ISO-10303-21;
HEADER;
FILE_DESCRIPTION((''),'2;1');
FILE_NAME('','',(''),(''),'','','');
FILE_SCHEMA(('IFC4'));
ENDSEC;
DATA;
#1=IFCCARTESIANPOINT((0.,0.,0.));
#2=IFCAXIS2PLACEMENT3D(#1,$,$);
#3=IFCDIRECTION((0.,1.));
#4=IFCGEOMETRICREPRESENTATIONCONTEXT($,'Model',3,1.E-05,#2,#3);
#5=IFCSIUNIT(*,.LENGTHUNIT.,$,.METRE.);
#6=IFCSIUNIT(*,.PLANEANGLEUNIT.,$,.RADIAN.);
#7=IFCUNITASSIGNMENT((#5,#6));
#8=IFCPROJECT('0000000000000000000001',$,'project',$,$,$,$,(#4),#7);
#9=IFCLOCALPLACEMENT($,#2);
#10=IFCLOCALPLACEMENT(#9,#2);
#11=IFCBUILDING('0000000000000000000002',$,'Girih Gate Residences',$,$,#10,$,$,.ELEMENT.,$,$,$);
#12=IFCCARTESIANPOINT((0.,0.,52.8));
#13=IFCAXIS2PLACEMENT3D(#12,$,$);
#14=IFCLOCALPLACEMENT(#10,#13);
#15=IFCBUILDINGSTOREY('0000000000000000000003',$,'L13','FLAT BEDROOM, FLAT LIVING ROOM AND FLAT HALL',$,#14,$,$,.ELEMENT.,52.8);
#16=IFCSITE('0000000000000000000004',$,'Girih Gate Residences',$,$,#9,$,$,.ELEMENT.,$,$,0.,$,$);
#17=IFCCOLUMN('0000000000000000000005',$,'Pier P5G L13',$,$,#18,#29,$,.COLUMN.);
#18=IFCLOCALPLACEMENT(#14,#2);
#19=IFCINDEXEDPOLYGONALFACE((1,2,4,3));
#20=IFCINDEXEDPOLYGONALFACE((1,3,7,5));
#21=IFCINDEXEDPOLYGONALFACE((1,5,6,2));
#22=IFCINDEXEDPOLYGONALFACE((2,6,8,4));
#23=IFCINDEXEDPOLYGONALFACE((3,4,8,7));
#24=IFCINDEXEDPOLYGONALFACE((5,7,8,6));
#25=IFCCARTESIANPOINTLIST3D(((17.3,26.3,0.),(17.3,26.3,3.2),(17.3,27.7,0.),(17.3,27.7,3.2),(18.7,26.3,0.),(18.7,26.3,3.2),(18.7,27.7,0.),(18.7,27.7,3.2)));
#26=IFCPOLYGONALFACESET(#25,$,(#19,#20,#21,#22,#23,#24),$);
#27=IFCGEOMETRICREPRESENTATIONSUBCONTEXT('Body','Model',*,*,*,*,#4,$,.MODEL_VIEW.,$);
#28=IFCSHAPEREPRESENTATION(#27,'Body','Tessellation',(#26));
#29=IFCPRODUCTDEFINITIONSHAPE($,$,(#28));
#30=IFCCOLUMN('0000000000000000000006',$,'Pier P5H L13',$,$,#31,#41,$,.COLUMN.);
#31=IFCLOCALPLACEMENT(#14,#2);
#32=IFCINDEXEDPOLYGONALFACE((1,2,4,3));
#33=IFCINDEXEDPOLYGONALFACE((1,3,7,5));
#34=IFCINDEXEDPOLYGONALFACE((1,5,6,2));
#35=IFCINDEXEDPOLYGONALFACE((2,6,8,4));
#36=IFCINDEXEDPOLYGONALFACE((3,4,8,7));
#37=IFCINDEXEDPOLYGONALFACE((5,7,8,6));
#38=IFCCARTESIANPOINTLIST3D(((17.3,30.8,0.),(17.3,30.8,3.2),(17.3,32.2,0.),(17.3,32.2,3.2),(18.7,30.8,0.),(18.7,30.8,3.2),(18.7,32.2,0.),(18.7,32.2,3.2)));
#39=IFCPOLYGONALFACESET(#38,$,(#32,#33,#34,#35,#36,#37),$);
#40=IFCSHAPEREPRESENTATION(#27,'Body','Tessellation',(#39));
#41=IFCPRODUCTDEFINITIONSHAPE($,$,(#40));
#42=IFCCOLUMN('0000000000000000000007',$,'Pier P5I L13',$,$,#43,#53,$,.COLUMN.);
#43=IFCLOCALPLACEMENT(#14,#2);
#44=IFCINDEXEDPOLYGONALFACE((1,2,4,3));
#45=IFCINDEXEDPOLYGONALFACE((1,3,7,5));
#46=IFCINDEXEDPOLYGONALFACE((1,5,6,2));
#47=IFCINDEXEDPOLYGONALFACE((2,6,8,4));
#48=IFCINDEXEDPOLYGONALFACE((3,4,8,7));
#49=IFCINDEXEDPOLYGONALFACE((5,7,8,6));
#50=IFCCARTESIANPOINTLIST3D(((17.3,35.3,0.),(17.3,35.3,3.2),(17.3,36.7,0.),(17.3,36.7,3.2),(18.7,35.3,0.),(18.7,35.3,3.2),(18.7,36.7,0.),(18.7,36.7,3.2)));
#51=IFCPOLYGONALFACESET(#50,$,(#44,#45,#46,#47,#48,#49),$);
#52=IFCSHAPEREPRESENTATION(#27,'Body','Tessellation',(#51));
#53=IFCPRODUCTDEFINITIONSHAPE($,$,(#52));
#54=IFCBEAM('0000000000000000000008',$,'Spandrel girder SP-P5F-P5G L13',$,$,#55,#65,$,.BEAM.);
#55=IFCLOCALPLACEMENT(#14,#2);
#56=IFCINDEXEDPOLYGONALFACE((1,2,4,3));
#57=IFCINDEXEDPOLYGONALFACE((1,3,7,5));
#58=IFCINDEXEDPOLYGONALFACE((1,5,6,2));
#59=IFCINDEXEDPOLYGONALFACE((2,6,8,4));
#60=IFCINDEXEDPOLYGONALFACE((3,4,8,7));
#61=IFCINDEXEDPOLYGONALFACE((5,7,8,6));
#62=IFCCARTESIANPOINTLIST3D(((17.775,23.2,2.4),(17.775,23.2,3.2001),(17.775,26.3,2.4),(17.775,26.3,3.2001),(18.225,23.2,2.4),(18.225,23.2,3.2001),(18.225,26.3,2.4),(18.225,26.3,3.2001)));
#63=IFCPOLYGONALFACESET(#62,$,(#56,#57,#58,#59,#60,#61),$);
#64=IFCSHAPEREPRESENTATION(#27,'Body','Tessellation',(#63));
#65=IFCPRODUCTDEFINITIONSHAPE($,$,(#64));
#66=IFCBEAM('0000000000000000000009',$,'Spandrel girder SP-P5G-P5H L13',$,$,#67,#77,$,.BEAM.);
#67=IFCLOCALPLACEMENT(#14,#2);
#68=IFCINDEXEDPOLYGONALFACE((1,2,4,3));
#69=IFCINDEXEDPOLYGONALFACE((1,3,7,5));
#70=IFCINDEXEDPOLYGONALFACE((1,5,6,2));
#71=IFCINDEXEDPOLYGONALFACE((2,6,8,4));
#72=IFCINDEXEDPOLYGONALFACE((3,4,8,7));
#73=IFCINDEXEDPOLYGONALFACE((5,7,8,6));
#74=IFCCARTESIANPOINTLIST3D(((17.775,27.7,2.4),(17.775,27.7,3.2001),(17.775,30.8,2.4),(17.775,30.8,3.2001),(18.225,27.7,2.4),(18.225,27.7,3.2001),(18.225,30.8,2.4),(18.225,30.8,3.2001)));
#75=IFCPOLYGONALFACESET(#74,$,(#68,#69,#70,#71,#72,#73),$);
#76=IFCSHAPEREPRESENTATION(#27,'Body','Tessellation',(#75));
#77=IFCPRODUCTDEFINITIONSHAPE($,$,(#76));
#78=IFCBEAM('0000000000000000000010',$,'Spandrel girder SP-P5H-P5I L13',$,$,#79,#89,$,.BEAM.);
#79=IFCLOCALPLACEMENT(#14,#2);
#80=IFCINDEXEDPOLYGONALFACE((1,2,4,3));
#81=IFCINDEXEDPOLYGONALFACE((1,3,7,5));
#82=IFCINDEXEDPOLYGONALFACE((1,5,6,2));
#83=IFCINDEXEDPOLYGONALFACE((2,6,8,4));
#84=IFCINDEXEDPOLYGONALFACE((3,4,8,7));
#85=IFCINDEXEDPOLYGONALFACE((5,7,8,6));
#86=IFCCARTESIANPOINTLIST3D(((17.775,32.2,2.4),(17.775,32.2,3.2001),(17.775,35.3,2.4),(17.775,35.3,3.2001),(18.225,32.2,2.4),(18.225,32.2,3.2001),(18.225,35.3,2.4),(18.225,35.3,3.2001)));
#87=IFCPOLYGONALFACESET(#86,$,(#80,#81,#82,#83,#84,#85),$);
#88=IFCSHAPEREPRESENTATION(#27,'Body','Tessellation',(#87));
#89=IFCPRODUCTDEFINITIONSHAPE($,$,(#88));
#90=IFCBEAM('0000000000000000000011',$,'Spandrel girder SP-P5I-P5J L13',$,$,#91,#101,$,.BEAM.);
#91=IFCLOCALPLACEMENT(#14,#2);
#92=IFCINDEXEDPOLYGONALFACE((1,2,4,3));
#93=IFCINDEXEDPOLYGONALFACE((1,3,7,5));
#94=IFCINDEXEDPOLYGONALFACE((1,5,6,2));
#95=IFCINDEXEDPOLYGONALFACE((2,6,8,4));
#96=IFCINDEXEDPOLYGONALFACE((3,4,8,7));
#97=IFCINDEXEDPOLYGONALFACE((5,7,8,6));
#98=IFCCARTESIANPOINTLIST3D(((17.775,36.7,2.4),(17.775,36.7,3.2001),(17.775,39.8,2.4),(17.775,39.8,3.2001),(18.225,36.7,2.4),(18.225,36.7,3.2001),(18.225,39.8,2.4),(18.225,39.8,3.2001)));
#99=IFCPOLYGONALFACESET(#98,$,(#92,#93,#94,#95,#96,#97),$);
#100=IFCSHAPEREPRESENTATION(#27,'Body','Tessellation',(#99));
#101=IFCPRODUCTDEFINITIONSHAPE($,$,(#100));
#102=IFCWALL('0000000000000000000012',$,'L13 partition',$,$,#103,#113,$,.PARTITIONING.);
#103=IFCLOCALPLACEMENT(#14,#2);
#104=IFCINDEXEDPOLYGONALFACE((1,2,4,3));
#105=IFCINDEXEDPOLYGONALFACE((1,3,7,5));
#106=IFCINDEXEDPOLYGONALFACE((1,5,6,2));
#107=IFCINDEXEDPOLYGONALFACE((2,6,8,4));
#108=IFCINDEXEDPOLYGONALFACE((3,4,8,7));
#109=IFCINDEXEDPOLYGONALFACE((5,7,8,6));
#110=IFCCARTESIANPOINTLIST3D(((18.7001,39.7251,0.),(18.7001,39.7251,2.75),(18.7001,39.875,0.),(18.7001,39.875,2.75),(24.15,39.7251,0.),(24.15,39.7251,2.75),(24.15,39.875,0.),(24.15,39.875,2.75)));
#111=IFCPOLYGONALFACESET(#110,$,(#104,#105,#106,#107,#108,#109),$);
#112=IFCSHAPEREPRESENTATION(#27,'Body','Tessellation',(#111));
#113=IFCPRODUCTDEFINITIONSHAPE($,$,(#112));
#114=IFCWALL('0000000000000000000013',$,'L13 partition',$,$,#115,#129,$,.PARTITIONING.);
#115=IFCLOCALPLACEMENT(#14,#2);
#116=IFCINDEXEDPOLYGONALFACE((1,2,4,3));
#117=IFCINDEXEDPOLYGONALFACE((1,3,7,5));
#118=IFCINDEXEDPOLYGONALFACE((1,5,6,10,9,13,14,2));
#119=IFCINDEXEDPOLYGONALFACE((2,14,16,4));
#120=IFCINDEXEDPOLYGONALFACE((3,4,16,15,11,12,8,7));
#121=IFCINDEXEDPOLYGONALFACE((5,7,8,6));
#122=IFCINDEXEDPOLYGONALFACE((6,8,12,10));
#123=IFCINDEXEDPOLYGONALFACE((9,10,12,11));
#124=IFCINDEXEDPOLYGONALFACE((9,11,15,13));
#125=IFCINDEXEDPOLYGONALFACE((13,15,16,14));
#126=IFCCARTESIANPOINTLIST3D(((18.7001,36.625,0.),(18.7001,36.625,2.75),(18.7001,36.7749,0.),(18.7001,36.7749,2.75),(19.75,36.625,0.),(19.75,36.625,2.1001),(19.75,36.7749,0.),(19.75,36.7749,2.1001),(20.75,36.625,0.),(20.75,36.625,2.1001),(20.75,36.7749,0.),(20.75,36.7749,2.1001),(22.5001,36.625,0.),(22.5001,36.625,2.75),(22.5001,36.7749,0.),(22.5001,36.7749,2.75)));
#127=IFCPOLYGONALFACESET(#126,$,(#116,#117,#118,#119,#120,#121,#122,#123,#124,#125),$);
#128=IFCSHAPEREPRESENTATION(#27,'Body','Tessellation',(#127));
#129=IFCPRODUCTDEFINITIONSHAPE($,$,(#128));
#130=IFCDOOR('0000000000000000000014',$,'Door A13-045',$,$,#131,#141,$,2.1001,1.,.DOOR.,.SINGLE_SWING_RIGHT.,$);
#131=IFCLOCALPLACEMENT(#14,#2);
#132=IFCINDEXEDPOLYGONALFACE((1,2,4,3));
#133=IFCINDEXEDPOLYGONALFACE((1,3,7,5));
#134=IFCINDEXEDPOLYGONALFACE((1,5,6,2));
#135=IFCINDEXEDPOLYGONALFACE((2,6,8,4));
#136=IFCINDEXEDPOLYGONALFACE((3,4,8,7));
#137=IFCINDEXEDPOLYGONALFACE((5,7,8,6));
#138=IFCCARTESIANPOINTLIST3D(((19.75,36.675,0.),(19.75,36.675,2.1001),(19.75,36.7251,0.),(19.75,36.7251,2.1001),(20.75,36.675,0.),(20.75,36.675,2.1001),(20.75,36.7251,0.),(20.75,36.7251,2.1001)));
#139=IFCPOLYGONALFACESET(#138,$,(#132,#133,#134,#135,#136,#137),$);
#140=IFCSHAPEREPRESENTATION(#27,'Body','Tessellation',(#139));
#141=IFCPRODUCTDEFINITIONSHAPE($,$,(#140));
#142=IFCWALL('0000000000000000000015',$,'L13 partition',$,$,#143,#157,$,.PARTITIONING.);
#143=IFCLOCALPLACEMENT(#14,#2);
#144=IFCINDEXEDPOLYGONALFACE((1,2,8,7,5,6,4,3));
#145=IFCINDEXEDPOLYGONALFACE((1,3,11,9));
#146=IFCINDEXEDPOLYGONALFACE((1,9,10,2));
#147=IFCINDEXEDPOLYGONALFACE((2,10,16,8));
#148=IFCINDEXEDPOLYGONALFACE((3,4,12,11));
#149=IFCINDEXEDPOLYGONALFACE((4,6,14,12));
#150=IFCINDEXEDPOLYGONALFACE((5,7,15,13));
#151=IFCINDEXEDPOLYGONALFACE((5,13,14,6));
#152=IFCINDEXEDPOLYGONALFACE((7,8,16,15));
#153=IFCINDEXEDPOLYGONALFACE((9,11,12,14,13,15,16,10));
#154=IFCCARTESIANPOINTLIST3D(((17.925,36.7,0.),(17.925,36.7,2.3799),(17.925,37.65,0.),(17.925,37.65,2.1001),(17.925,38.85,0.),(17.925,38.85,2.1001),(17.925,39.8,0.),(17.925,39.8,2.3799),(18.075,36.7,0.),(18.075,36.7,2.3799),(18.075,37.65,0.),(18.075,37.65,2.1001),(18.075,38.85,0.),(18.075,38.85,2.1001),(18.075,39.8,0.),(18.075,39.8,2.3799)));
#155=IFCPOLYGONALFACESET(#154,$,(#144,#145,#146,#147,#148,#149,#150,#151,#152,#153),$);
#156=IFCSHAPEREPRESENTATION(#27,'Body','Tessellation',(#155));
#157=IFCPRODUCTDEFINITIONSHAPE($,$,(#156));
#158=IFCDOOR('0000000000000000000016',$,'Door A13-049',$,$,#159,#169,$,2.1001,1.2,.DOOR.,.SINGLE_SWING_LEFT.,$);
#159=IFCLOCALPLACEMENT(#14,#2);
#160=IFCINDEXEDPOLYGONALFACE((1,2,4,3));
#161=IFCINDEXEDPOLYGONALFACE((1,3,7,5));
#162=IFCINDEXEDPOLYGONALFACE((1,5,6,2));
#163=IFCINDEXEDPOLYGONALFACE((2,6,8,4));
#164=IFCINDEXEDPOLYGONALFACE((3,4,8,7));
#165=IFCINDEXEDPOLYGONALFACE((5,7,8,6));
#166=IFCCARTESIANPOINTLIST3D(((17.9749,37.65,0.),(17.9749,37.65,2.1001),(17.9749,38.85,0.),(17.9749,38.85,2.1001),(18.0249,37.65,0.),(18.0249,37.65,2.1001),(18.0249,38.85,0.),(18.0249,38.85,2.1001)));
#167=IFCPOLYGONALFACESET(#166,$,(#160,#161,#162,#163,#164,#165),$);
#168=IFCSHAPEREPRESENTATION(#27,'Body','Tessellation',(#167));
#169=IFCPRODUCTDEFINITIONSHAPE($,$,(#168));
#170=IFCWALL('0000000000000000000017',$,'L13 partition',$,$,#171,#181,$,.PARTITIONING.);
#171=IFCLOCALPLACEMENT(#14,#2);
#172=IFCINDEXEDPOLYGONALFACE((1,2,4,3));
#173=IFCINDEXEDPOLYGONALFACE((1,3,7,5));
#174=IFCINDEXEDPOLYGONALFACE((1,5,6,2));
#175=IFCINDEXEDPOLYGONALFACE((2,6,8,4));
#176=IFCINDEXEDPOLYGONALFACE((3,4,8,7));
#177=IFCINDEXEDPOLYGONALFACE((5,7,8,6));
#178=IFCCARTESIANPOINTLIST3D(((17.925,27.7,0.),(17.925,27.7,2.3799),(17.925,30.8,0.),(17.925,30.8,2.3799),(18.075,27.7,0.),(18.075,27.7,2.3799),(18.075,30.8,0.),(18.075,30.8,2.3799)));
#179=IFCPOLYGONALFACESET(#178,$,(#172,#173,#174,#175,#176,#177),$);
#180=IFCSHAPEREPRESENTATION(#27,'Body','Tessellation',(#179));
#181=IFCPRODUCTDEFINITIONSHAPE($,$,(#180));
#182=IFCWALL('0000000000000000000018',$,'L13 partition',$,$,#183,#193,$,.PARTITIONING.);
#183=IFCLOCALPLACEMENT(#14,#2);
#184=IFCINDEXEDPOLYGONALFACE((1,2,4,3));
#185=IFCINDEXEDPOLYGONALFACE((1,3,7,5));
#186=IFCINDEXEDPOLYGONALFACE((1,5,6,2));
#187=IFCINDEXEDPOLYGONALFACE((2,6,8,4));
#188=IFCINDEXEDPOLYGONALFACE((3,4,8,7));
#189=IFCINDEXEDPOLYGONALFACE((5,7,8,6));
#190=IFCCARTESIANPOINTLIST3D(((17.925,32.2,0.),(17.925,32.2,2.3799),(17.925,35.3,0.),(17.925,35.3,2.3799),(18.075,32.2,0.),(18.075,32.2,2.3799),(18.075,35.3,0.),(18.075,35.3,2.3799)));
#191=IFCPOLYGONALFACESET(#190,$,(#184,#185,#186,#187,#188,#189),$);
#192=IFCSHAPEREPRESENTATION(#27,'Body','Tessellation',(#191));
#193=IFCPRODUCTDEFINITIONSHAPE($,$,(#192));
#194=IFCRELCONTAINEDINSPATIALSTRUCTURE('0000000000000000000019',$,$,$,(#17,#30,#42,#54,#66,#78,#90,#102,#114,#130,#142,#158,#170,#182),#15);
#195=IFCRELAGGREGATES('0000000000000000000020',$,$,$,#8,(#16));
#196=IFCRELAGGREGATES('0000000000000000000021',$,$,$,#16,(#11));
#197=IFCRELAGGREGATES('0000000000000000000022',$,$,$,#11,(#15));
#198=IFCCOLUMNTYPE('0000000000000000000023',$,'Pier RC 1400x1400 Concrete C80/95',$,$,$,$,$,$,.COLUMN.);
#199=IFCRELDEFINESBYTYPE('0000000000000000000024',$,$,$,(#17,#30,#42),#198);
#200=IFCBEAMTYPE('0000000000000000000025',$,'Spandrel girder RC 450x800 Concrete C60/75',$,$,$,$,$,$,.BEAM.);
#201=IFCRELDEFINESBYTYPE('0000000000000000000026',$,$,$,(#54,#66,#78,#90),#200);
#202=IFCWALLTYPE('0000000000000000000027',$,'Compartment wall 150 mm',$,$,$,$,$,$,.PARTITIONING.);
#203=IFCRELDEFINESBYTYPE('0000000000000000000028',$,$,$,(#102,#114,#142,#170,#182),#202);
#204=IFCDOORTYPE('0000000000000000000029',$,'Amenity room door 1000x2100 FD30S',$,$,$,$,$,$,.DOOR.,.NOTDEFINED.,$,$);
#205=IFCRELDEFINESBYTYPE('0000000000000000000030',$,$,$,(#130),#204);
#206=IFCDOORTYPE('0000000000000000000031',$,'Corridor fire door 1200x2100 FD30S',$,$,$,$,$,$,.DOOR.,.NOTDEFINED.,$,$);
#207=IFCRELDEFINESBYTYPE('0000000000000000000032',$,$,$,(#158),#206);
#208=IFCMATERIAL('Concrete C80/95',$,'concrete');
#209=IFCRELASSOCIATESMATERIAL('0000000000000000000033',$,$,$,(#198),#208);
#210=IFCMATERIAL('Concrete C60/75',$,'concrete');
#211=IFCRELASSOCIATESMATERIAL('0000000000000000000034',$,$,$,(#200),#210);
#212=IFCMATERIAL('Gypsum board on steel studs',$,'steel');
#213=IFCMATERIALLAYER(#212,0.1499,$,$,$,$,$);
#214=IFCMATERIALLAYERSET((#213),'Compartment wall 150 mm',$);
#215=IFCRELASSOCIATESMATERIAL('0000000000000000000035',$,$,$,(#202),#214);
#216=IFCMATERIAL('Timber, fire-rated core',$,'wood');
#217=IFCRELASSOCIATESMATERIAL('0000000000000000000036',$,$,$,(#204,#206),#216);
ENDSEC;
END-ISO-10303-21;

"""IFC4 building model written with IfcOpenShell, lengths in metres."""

from ifc_helpers import new_model, si_unit, direction, frame, frame_2d, origin, origin_2d, place, context, subcontext, project, spatial, rectangle, extrude, material, layer, layer_set, material_profile, profile_set, type_object, element, fill, save


model = new_model("IFC4")

# Units and contexts
model_context = context("Model", 3, precision=1e-05, world=origin(), true_north=direction((0.0, 1.0)))
body_context = subcontext(model_context, "Body", "Model", "MODEL_VIEW")
ifc_project = project(units=[si_unit("LENGTHUNIT", "METRE"), si_unit("PLANEANGLEUNIT", "RADIAN")], contexts=[model_context])

# Site, building, storey
site_placement = place(None, origin())
site = spatial("IfcSite", under=ifc_project, at=site_placement, Name="Girih Gate Residences", CompositionType="ELEMENT", RefElevation=0.0)
building_placement = place(site_placement, origin())
building = spatial("IfcBuilding", under=site, at=building_placement, Name="Girih Gate Residences", CompositionType="ELEMENT")
storey_placement = place(building_placement, frame((0.0, 0.0, 52.8)))
storey = spatial("IfcBuildingStorey", under=building, at=storey_placement, Name="L13", Description="FLAT BEDROOM, FLAT LIVING ROOM AND FLAT HALL", CompositionType="ELEMENT", Elevation=52.8)

# Columns
ifc_material_1 = material(Name="Concrete C80/95", Category="concrete")
ifc_material_profile_1 = material_profile(ifc_material_1, rectangle(XDim=1.3999, YDim=1.3999, at=origin_2d()))
ifc_profile_set_1 = profile_set([ifc_material_profile_1], Name="Concrete C80/95")
column_type = type_object("IfcColumnType", Name="Pier RC 1400x1400 Concrete C80/95", PredefinedType="COLUMN", material=ifc_profile_set_1)
for number, where, z_axis, x_axis, name in (
    (1, (18.0, 27.0, 0.0), (0.0, 0.0, 1.0), (1.0, 0.0, 0.0), "Pier P5G L13"),
    (2, (18.0, 31.5, 0.0), (0.0, 0.0, 1.0), (1.0, 0.0, 0.0), "Pier P5H L13"),
    (3, (18.0, 36.0, 0.0), (0.0, 0.0, 1.0), (1.0, 0.0, 0.0), "Pier P5I L13"),
):
    element("IfcColumn", number, at=place(storey_placement, frame(where, z_axis=z_axis, x_axis=x_axis)), inside=storey, type_object=column_type, Name=name, PredefinedType="COLUMN", context=body_context, shape_type="SweptSolid", body=[
        extrude(rectangle(XDim=1.3999, YDim=1.3999, at=origin_2d()), origin(), (0.0, 0.0, 1.0), 3.2),
    ])

# Beams
ifc_material_2 = material(Name="Concrete C60/75", Category="concrete")
ifc_material_profile_2 = material_profile(ifc_material_2, rectangle(XDim=0.45, YDim=0.8, at=origin_2d()))
ifc_profile_set_2 = profile_set([ifc_material_profile_2], Name="Concrete C60/75")
beam_type = type_object("IfcBeamType", Name="Spandrel girder RC 450x800 Concrete C60/75", PredefinedType="BEAM", material=ifc_profile_set_2)
for number, where, z_axis, x_axis, name in (
    (4, (18.0, 23.2, 2.8), (0.0, 1.0, 0.0), (-1.0, 0.0, 0.0), "Spandrel girder SP-P5F-P5G L13"),
    (5, (18.0, 27.7, 2.8), (0.0, 1.0, 0.0), (-1.0, 0.0, 0.0), "Spandrel girder SP-P5G-P5H L13"),
    (6, (18.0, 32.2, 2.8), (0.0, 1.0, 0.0), (-1.0, 0.0, 0.0), "Spandrel girder SP-P5H-P5I L13"),
    (7, (18.0, 36.7, 2.8), (0.0, 1.0, 0.0), (-1.0, 0.0, 0.0), "Spandrel girder SP-P5I-P5J L13"),
):
    element("IfcBeam", number, at=place(storey_placement, frame(where, z_axis=z_axis, x_axis=x_axis)), inside=storey, type_object=beam_type, Name=name, PredefinedType="BEAM", context=body_context, shape_type="SweptSolid", body=[
        extrude(rectangle(XDim=0.45, YDim=0.8, at=origin_2d()), origin(), (0.0, 0.0, 1.0), 3.1001),
    ])

# Wall
ifc_material_3 = material(Name="Gypsum board on steel studs", Category="steel")
ifc_layer_1 = layer(ifc_material_3, 0.1499)
ifc_layer_set_1 = layer_set([ifc_layer_1], Name="Compartment wall 150 mm")
wall_type_1 = type_object("IfcWallType", Name="Compartment wall 150 mm", PredefinedType="PARTITIONING", material=ifc_layer_set_1)
wall_1_placement = place(storey_placement, frame((18.7, 39.8, 0.0), z_axis=(0.0, 0.0, 1.0), x_axis=(1.0, 0.0, 0.0)))
element("IfcWall", 8, at=wall_1_placement, inside=storey, type_object=wall_type_1, Name="L13 partition", PredefinedType="PARTITIONING", context=body_context, shape_type="SweptSolid", body=[
    extrude(rectangle(XDim=5.45, YDim=0.1499, at=frame_2d((2.7251, 0.0))), origin(), (0.0, 0.0, 1.0), 2.75),
])

# Walls, openings, doors
wall_2_placement = place(storey_placement, frame((22.5, 36.7, 0.0), z_axis=(0.0, 0.0, 1.0), x_axis=(-1.0, 0.0, 0.0)))
wall_2 = element("IfcWall", 9, at=wall_2_placement, inside=storey, type_object=wall_type_1, Name="L13 partition", PredefinedType="PARTITIONING", context=body_context, shape_type="SweptSolid", body=[
    extrude(rectangle(XDim=3.8, YDim=0.1499, at=frame_2d((1.8999, 0.0))), origin(), (0.0, 0.0, 1.0), 2.75),
])
opening_1_placement = place(wall_2_placement, frame((1.75, 0.0, 0.0)))
opening_1 = element("IfcOpeningElement", 10, at=opening_1_placement, cuts=wall_2, PredefinedType="OPENING", context=body_context, shape_type="SweptSolid", body=[
    extrude(rectangle(XDim=1.0, YDim=2.1001, at=frame_2d((0.5, 1.05))), frame((0.0, 0.085, 0.0), z_axis=(0.0, -1.0, 0.0), x_axis=(1.0, 0.0, 0.0)), (0.0, 0.0, 1.0), 0.1699),
])
ifc_material_4 = material(Name="Timber, fire-rated core", Category="wood")
door_type_1 = type_object("IfcDoorType", Name="Amenity room door 1000x2100 FD30S", OperationType="NOTDEFINED", PredefinedType="DOOR", material=ifc_material_4)
door_1_placement = place(opening_1_placement, origin())
door_1 = element("IfcDoor", 11, at=door_1_placement, inside=storey, type_object=door_type_1, Name="Door A13-045", OperationType="SINGLE_SWING_RIGHT", OverallHeight=2.1001, OverallWidth=1.0, PredefinedType="DOOR", context=body_context, shape_type="SweptSolid", body=[
    extrude(rectangle(XDim=1.0, YDim=2.1001, at=frame_2d((0.5, 1.05))), frame((0.0, 0.0249, 0.0), z_axis=(0.0, -1.0, 0.0), x_axis=(1.0, 0.0, 0.0)), (0.0, 0.0, 1.0), 0.05),
])
fill(opening_1, door_1)
wall_3_placement = place(storey_placement, frame((18.0, 39.8, 0.0), z_axis=(0.0, 0.0, 1.0), x_axis=(0.0, -1.0, 0.0)))
wall_3 = element("IfcWall", 12, at=wall_3_placement, inside=storey, type_object=wall_type_1, Name="L13 partition", PredefinedType="PARTITIONING", context=body_context, shape_type="SweptSolid", body=[
    extrude(rectangle(XDim=3.1001, YDim=0.1499, at=frame_2d((1.55, 0.0))), origin(), (0.0, 0.0, 1.0), 2.3799),
])
opening_2_placement = place(wall_3_placement, frame((0.95, 0.0, 0.0)))
opening_2 = element("IfcOpeningElement", 13, at=opening_2_placement, cuts=wall_3, PredefinedType="OPENING", context=body_context, shape_type="SweptSolid", body=[
    extrude(rectangle(XDim=1.2, YDim=2.1001, at=frame_2d((0.6001, 1.05))), frame((0.0, 0.085, 0.0), z_axis=(0.0, -1.0, 0.0), x_axis=(1.0, 0.0, 0.0)), (0.0, 0.0, 1.0), 0.1699),
])
door_type_2 = type_object("IfcDoorType", Name="Corridor fire door 1200x2100 FD30S", OperationType="NOTDEFINED", PredefinedType="DOOR", material=ifc_material_4)
door_2_placement = place(opening_2_placement, origin())
door_2 = element("IfcDoor", 14, at=door_2_placement, inside=storey, type_object=door_type_2, Name="Door A13-049", OperationType="SINGLE_SWING_LEFT", OverallHeight=2.1001, OverallWidth=1.2, PredefinedType="DOOR", context=body_context, shape_type="SweptSolid", body=[
    extrude(rectangle(XDim=1.2, YDim=2.1001, at=frame_2d((0.6001, 1.05))), frame((0.0, 0.0249, 0.0), z_axis=(0.0, -1.0, 0.0), x_axis=(1.0, 0.0, 0.0)), (0.0, 0.0, 1.0), 0.05),
])
fill(opening_2, door_2)

# Walls
for number, where, z_axis, x_axis, name in (
    (15, (18.0, 27.7, 0.0), (0.0, 0.0, 1.0), (0.0, 1.0, 0.0), "L13 partition"),
    (16, (18.0, 32.2, 0.0), (0.0, 0.0, 1.0), (0.0, 1.0, 0.0), "L13 partition"),
):
    element("IfcWall", number, at=place(storey_placement, frame(where, z_axis=z_axis, x_axis=x_axis)), inside=storey, type_object=wall_type_1, Name=name, PredefinedType="PARTITIONING", context=body_context, shape_type="SweptSolid", body=[
        extrude(rectangle(XDim=3.1001, YDim=0.1499, at=frame_2d((1.55, 0.0))), origin(), (0.0, 0.0, 1.0), 2.3799),
    ])

save(model, "model.ifc")
